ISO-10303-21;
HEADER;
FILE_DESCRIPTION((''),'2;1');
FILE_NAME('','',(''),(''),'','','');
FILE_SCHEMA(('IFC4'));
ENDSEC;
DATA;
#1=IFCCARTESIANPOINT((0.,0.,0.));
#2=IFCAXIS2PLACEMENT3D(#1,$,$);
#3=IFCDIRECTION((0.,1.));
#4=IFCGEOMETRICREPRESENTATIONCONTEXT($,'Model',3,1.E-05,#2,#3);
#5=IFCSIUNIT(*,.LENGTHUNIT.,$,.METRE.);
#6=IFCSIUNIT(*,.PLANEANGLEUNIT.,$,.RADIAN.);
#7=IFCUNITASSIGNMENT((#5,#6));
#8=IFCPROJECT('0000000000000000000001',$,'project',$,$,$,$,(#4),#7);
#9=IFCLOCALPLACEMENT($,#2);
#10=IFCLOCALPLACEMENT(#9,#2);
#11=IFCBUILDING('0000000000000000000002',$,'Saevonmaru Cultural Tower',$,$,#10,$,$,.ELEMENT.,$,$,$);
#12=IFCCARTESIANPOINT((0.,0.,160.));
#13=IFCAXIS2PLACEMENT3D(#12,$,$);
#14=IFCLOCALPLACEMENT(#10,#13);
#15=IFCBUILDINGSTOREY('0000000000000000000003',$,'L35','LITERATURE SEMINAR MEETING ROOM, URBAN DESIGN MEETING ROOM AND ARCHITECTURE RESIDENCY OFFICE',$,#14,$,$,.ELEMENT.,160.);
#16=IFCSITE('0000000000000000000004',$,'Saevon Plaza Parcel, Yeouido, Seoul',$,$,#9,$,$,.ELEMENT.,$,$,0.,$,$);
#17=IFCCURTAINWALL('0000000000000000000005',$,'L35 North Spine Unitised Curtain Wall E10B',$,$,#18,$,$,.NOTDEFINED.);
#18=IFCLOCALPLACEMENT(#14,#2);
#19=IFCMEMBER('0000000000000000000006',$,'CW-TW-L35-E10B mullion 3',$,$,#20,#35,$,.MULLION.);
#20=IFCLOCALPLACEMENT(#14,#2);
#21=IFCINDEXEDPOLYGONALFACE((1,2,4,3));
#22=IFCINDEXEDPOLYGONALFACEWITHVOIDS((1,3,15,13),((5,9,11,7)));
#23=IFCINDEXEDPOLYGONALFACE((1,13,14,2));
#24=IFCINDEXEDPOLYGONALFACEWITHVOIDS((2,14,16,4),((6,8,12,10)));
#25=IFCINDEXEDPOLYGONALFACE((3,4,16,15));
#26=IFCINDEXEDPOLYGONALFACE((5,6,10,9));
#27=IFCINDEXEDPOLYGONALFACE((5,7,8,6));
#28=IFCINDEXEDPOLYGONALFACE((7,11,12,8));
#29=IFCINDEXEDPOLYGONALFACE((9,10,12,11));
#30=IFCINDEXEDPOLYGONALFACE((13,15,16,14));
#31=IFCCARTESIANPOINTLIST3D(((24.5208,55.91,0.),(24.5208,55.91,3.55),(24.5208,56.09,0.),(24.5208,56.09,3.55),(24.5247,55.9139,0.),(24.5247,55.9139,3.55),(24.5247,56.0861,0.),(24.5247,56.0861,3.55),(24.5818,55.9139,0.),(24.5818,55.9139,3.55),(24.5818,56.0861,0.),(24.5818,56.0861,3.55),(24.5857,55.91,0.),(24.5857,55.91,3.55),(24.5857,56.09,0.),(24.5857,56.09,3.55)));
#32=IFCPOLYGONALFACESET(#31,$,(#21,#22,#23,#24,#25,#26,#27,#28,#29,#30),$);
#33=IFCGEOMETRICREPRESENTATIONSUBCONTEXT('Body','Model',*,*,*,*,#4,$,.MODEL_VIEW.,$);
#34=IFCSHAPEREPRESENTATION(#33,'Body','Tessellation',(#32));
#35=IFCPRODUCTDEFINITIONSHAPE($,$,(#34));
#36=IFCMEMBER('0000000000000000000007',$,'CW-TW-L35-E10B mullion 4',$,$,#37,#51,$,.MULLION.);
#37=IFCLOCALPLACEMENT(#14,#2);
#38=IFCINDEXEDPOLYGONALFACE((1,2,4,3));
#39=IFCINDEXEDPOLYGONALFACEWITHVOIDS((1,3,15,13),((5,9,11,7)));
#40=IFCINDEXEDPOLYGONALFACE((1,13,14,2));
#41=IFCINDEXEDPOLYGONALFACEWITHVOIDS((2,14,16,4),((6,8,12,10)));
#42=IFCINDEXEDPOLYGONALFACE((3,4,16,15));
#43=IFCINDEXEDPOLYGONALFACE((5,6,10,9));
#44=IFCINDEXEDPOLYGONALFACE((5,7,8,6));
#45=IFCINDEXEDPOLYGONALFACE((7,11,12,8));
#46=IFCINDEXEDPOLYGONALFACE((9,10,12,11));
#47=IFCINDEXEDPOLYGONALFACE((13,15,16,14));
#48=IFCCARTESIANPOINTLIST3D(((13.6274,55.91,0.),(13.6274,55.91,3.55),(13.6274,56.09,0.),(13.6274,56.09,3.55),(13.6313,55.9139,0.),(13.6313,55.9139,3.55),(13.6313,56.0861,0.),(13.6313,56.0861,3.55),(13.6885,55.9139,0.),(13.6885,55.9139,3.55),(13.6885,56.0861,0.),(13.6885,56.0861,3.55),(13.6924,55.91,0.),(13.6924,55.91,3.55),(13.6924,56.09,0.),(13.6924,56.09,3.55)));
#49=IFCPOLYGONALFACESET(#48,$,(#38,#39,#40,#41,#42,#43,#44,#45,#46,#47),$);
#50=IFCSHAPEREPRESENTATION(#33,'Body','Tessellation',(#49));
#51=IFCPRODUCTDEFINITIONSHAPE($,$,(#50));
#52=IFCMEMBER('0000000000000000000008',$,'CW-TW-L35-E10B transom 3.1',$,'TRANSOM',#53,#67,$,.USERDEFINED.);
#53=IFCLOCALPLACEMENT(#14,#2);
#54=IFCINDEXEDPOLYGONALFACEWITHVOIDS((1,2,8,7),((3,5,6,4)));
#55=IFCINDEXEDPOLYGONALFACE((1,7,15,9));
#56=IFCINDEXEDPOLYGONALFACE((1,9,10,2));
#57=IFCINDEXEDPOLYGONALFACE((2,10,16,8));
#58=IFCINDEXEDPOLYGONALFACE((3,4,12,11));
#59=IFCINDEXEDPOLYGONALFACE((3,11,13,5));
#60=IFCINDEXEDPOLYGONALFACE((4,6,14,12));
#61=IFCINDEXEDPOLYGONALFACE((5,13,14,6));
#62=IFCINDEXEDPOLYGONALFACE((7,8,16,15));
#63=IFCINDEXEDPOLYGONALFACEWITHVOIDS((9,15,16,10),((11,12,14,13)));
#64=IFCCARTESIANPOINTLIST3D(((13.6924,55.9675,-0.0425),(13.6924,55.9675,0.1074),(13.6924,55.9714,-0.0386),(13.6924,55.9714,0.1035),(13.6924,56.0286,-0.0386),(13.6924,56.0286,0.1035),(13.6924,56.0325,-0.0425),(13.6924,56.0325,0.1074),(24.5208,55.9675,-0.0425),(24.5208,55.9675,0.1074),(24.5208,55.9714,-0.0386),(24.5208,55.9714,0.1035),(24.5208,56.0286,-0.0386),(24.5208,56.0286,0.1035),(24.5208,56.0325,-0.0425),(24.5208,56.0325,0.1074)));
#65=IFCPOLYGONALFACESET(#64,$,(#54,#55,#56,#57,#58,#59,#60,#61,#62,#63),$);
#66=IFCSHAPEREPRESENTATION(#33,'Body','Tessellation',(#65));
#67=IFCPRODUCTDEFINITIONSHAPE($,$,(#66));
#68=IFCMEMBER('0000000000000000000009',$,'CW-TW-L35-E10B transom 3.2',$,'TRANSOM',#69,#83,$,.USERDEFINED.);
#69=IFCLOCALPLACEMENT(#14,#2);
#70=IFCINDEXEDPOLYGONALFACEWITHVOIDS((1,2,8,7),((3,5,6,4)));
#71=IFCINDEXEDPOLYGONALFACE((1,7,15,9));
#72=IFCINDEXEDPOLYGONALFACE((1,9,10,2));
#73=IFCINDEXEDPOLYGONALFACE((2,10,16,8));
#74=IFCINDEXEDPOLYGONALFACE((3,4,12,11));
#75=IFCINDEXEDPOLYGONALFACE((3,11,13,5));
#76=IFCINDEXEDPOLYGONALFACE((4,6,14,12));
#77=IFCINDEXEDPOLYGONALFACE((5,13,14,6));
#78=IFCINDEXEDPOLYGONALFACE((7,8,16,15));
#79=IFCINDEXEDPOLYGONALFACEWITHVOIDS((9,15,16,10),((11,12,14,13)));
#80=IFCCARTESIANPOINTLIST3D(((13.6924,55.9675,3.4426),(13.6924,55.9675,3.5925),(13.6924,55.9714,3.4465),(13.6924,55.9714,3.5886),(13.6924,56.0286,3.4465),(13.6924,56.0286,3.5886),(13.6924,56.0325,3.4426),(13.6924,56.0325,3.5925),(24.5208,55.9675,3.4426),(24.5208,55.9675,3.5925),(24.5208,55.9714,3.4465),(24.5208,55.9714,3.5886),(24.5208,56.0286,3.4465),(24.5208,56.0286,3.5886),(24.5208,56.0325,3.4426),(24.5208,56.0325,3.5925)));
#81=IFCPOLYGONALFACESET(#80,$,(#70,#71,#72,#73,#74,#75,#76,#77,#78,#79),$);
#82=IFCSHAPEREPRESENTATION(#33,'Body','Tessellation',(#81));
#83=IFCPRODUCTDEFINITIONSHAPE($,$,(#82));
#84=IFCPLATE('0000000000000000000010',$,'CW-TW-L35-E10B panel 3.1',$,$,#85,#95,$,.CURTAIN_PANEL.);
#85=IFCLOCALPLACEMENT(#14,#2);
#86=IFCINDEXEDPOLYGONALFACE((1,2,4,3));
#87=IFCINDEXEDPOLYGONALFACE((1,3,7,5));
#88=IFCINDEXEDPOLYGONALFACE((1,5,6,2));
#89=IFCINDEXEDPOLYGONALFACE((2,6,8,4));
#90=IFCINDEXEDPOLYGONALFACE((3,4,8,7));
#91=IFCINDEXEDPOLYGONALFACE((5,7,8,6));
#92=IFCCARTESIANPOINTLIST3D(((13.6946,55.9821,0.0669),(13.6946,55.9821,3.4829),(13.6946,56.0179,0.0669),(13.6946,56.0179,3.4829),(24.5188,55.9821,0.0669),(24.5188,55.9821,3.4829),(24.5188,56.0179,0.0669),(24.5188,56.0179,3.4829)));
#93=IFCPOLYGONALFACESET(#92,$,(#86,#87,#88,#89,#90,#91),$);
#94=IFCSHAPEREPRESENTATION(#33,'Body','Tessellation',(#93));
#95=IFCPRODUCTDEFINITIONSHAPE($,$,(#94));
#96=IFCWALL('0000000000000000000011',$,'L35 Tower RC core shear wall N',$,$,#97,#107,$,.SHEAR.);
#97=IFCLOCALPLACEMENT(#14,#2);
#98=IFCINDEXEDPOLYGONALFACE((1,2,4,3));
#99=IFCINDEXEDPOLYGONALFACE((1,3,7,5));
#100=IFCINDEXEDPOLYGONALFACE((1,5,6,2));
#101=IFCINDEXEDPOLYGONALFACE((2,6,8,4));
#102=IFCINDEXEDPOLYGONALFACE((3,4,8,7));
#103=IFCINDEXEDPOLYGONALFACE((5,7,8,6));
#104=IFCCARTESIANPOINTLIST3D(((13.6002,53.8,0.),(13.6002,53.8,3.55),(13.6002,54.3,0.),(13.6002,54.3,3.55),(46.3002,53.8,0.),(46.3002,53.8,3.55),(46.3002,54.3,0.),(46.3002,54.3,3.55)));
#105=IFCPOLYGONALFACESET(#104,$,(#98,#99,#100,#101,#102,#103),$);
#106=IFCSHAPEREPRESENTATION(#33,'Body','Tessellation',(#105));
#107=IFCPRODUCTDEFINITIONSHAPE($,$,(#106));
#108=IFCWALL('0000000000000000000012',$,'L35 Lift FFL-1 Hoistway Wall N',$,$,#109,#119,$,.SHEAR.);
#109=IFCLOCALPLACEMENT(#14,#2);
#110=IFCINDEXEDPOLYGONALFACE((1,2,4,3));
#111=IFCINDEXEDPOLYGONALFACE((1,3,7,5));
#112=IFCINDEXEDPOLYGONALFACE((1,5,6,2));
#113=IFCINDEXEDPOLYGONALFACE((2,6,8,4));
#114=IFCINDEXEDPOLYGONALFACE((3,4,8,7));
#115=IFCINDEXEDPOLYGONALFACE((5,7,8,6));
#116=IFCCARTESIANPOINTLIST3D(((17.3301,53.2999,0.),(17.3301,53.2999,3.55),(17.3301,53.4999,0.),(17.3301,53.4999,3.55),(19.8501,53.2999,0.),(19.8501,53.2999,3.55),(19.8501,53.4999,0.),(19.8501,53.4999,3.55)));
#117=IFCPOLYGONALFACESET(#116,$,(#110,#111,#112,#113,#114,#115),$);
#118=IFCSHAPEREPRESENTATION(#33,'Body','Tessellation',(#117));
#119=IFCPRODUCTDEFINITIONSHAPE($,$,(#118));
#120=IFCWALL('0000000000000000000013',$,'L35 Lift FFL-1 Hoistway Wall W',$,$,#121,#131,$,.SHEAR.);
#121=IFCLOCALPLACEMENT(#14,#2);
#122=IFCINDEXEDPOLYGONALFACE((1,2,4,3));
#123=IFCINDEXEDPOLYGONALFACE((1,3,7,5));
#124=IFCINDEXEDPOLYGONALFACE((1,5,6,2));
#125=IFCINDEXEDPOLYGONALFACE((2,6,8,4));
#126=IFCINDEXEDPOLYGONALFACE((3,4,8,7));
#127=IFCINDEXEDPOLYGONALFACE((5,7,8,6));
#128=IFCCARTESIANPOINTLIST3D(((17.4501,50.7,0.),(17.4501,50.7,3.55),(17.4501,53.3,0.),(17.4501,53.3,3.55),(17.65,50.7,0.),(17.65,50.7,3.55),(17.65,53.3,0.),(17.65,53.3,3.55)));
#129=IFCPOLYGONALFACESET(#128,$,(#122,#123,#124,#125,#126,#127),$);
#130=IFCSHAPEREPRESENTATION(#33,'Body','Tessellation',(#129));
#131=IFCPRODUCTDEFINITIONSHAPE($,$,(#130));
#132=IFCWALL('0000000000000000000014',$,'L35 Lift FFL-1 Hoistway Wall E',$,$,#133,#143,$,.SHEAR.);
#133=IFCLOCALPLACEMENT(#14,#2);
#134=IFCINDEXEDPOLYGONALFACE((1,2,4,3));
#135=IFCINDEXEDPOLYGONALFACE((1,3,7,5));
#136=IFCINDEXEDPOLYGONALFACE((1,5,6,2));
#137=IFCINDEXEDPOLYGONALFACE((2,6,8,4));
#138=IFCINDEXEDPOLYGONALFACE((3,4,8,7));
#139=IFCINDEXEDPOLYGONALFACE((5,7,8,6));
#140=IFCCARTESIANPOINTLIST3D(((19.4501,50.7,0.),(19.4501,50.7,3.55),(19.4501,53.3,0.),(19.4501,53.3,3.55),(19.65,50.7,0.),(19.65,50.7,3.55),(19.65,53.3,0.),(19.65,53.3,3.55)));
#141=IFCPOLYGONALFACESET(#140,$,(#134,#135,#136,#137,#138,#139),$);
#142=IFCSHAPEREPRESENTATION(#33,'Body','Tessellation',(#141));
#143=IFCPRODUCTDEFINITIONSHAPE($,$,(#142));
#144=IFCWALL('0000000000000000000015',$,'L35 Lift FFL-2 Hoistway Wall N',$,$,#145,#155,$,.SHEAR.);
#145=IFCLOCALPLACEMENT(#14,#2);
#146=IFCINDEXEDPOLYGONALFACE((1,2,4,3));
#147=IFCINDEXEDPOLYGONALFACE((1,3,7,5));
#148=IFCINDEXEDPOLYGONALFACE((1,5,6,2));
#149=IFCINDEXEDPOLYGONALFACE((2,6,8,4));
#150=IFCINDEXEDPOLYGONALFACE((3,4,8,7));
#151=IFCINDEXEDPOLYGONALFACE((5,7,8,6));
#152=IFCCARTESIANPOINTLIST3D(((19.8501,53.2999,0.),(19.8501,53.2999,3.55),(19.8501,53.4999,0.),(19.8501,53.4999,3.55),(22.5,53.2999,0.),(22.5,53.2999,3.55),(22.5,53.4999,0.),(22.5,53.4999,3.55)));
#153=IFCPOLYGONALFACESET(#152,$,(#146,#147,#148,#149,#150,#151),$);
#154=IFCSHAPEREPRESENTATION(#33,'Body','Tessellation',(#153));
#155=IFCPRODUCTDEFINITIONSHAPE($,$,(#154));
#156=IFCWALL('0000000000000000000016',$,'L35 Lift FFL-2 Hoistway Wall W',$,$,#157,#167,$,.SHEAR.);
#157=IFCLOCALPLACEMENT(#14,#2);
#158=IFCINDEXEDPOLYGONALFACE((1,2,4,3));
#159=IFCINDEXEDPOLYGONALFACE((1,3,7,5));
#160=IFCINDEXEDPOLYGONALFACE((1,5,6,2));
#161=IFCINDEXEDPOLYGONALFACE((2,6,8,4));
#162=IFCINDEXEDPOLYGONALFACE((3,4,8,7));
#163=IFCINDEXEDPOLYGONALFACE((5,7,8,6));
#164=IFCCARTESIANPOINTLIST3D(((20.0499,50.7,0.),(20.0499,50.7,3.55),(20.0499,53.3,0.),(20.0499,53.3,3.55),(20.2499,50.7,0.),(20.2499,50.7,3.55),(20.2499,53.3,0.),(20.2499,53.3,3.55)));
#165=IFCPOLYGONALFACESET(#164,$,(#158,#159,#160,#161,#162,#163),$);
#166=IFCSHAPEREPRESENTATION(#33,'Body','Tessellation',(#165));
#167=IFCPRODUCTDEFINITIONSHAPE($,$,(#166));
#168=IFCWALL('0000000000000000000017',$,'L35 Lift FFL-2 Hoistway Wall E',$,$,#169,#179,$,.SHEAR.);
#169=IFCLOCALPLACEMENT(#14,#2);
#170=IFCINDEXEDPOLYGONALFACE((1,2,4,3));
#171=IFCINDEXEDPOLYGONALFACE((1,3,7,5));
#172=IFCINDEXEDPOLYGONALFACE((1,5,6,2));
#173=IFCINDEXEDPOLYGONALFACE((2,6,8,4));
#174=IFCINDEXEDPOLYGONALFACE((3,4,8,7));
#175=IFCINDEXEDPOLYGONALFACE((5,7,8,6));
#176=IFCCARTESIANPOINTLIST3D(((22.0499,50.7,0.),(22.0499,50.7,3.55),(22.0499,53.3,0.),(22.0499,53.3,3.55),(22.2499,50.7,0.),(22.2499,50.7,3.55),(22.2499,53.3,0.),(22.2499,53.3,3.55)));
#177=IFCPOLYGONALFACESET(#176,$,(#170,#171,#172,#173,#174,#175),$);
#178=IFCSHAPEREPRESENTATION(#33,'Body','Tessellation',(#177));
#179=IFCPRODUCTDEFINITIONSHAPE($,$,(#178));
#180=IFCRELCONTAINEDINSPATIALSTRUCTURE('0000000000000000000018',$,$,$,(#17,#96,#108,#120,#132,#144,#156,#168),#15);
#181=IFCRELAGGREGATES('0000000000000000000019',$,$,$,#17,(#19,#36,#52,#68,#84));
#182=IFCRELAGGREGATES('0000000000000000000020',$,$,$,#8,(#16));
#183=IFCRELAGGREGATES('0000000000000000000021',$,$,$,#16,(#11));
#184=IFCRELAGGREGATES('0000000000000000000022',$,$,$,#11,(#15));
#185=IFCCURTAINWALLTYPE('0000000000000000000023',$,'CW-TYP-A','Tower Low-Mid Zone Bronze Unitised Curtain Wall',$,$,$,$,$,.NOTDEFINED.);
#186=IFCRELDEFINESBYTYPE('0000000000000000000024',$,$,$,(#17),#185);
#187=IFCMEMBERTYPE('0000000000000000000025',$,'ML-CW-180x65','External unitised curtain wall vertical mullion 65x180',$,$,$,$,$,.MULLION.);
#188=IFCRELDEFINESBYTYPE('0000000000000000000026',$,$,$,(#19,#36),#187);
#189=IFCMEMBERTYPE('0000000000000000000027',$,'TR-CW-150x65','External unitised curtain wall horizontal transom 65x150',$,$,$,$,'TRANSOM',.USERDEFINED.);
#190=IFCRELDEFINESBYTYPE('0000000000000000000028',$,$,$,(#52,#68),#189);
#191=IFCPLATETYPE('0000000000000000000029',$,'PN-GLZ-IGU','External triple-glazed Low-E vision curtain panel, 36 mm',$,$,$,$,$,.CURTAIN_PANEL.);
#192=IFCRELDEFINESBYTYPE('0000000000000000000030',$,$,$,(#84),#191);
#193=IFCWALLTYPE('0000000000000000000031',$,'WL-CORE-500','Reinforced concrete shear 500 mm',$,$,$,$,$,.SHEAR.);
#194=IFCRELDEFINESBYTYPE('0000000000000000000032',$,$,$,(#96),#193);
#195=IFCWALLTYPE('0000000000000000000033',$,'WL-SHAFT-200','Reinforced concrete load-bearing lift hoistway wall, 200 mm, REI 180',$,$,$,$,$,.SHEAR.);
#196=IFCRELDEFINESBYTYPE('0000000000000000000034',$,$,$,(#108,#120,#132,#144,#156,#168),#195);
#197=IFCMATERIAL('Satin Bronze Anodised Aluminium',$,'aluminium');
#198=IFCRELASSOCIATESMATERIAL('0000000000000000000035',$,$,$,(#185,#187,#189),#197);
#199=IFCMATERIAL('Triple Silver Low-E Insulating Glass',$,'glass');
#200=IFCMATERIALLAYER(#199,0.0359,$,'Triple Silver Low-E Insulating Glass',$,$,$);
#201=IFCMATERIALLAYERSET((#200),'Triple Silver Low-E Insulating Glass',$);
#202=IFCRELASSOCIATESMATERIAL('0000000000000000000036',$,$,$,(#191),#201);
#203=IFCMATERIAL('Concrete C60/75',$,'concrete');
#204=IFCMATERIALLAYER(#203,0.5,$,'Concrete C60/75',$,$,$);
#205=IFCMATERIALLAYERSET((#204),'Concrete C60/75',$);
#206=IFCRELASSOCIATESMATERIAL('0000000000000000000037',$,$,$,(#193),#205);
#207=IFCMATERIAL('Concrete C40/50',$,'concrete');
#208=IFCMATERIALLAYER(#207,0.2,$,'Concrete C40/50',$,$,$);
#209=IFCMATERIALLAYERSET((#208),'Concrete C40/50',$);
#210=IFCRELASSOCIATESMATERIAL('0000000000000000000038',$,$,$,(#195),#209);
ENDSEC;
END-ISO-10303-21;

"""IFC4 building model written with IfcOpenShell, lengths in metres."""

from ifc_helpers import new_model, si_unit, direction, frame, frame_2d, origin, origin_2d, place, context, subcontext, project, spatial, rectangle, hollow_rectangle, extrude, material, layer, layer_set, material_profile, profile_set, type_object, element, aggregate, save


model = new_model("IFC4")

# Units and contexts
model_context = context("Model", 3, precision=1e-05, world=origin(), true_north=direction((0.0, 1.0)))
body_context = subcontext(model_context, "Body", "Model", "MODEL_VIEW")
ifc_project = project(units=[si_unit("LENGTHUNIT", "METRE"), si_unit("PLANEANGLEUNIT", "RADIAN")], contexts=[model_context])

# Site, building, storey
site_placement = place(None, origin())
site = spatial("IfcSite", under=ifc_project, at=site_placement, Name="Saevon Plaza Parcel, Yeouido, Seoul", CompositionType="ELEMENT", RefElevation=0.0)
building_placement = place(site_placement, origin())
building = spatial("IfcBuilding", under=site, at=building_placement, Name="Saevonmaru Cultural Tower", CompositionType="ELEMENT")
storey_placement = place(building_placement, frame((0.0, 0.0, 160.0)))
storey = spatial("IfcBuildingStorey", under=building, at=storey_placement, Name="L35", Description="LITERATURE SEMINAR MEETING ROOM, URBAN DESIGN MEETING ROOM AND ARCHITECTURE RESIDENCY OFFICE", CompositionType="ELEMENT", Elevation=160.0)

# Curtain wall, members, plate
ifc_material_1 = material(Name="Satin Bronze Anodised Aluminium", Category="aluminium")
curtain_wall_type = type_object("IfcCurtainWallType", Name="CW-TYP-A", Description="Tower Low-Mid Zone Bronze Unitised Curtain Wall", PredefinedType="NOTDEFINED", material=ifc_material_1)
curtain_wall_placement = place(storey_placement, origin())
curtain_wall = element("IfcCurtainWall", 1, at=curtain_wall_placement, inside=storey, type_object=curtain_wall_type, Name="L35 North Spine Unitised Curtain Wall E10B", PredefinedType="NOTDEFINED")
ifc_material_profile_1 = material_profile(ifc_material_1, hollow_rectangle(XDim=0.0649, YDim=0.1799, WallThickness=0.0039, at=origin_2d()), Name="ALU-MULL-180x65x4")
ifc_profile_set_1 = profile_set([ifc_material_profile_1], Name="Satin Bronze Anodised Aluminium")
member_type_1 = type_object("IfcMemberType", Name="ML-CW-180x65", Description="External unitised curtain wall vertical mullion 65x180", PredefinedType="MULLION", material=ifc_profile_set_1)
member_1_placement = place(storey_placement, frame((24.5532, 56.0, 0.0), z_axis=(0.0, 0.0, 1.0), x_axis=(-1.0, 0.0, 0.0)))
member_1 = element("IfcMember", 2, at=member_1_placement, type_object=member_type_1, Name="CW-TW-L35-E10B mullion 3", PredefinedType="MULLION", context=body_context, shape_type="SweptSolid", body=[
    extrude(hollow_rectangle(XDim=0.0649, YDim=0.1799, WallThickness=0.0039, at=origin_2d()), origin(), (0.0, 0.0, 1.0), 3.55),
])
member_2_placement = place(storey_placement, frame((13.6599, 56.0, 0.0), z_axis=(0.0, 0.0, 1.0), x_axis=(-1.0, 0.0, 0.0)))
member_2 = element("IfcMember", 3, at=member_2_placement, type_object=member_type_1, Name="CW-TW-L35-E10B mullion 4", PredefinedType="MULLION", context=body_context, shape_type="SweptSolid", body=[
    extrude(hollow_rectangle(XDim=0.0649, YDim=0.1799, WallThickness=0.0039, at=origin_2d()), origin(), (0.0, 0.0, 1.0), 3.55),
])
ifc_material_profile_2 = material_profile(ifc_material_1, hollow_rectangle(XDim=0.0649, YDim=0.1499, WallThickness=0.0039, at=origin_2d()), Name="ALU-TRAN-150x65x4")
ifc_profile_set_2 = profile_set([ifc_material_profile_2], Name="Satin Bronze Anodised Aluminium")
member_type_2 = type_object("IfcMemberType", Name="TR-CW-150x65", Description="External unitised curtain wall horizontal transom 65x150", ElementType="TRANSOM", PredefinedType="USERDEFINED", material=ifc_profile_set_2)
member_3_placement = place(storey_placement, frame((24.5208, 56.0, 0.0325), z_axis=(-1.0, 0.0, 0.0), x_axis=(0.0, -1.0, 0.0)))
member_3 = element("IfcMember", 4, at=member_3_placement, type_object=member_type_2, Name="CW-TW-L35-E10B transom 3.1", ObjectType="TRANSOM", PredefinedType="USERDEFINED", context=body_context, shape_type="SweptSolid", body=[
    extrude(hollow_rectangle(XDim=0.0649, YDim=0.1499, WallThickness=0.0039, at=origin_2d()), origin(), (0.0, 0.0, 1.0), 10.8284),
])
member_4_placement = place(storey_placement, frame((24.5208, 56.0, 3.5176), z_axis=(-1.0, 0.0, 0.0), x_axis=(0.0, -1.0, 0.0)))
member_4 = element("IfcMember", 5, at=member_4_placement, type_object=member_type_2, Name="CW-TW-L35-E10B transom 3.2", ObjectType="TRANSOM", PredefinedType="USERDEFINED", context=body_context, shape_type="SweptSolid", body=[
    extrude(hollow_rectangle(XDim=0.0649, YDim=0.1499, WallThickness=0.0039, at=origin_2d()), origin(), (0.0, 0.0, 1.0), 10.8284),
])
ifc_material_2 = material(Name="Triple Silver Low-E Insulating Glass", Category="glass")
ifc_layer_1 = layer(ifc_material_2, 0.0359, Name="Triple Silver Low-E Insulating Glass")
ifc_layer_set_1 = layer_set([ifc_layer_1], Name="Triple Silver Low-E Insulating Glass")
plate_type = type_object("IfcPlateType", Name="PN-GLZ-IGU", Description="External triple-glazed Low-E vision curtain panel, 36 mm", PredefinedType="CURTAIN_PANEL", material=ifc_layer_set_1)
plate_placement = place(storey_placement, frame((19.1067, 56.0, 0.0669), z_axis=(0.0, 0.0, 1.0), x_axis=(-1.0, 0.0, 0.0)))
plate = element("IfcPlate", 6, at=plate_placement, type_object=plate_type, Name="CW-TW-L35-E10B panel 3.1", PredefinedType="CURTAIN_PANEL", context=body_context, shape_type="SweptSolid", body=[
    extrude(rectangle(XDim=10.8242, YDim=0.0359, at=origin_2d()), origin(), (0.0, 0.0, 1.0), 3.416),
])
aggregate(curtain_wall, [member_1, member_2, member_3, member_4, plate])

# Walls
ifc_material_3 = material(Name="Concrete C60/75", Category="concrete")
ifc_layer_2 = layer(ifc_material_3, 0.5, Name="Concrete C60/75")
ifc_layer_set_2 = layer_set([ifc_layer_2], Name="Concrete C60/75")
wall_type_1 = type_object("IfcWallType", Name="WL-CORE-500", Description="Reinforced concrete shear 500 mm", PredefinedType="SHEAR", material=ifc_layer_set_2)
wall_1_placement = place(storey_placement, frame((13.6001, 54.05, 0.0), z_axis=(0.0, 0.0, 1.0), x_axis=(1.0, 0.0, 0.0)))
element("IfcWall", 7, at=wall_1_placement, inside=storey, type_object=wall_type_1, Name="L35 Tower RC core shear wall N", PredefinedType="SHEAR", context=body_context, shape_type="SweptSolid", body=[
    extrude(rectangle(XDim=32.7, YDim=0.5, at=frame_2d((16.3501, 0.0))), origin(), (0.0, 0.0, 1.0), 3.55),
])
ifc_material_4 = material(Name="Concrete C40/50", Category="concrete")
ifc_layer_3 = layer(ifc_material_4, 0.2, Name="Concrete C40/50")
ifc_layer_set_3 = layer_set([ifc_layer_3], Name="Concrete C40/50")
wall_type_2 = type_object("IfcWallType", Name="WL-SHAFT-200", Description="Reinforced concrete load-bearing lift hoistway wall, 200 mm, REI 180", PredefinedType="SHEAR", material=ifc_layer_set_3)
wall_2_placement = place(storey_placement, frame((17.3301, 53.3999, 0.0), z_axis=(0.0, 0.0, 1.0), x_axis=(1.0, 0.0, 0.0)))
element("IfcWall", 8, at=wall_2_placement, inside=storey, type_object=wall_type_2, Name="L35 Lift FFL-1 Hoistway Wall N", PredefinedType="SHEAR", context=body_context, shape_type="SweptSolid", body=[
    extrude(rectangle(XDim=2.52, YDim=0.2, at=frame_2d((1.26, 0.0))), origin(), (0.0, 0.0, 1.0), 3.55),
])
for number, where, z_axis, x_axis, name in (
    (9, (17.55, 50.7, 0.0), (0.0, 0.0, 1.0), (0.0, 1.0, 0.0), "L35 Lift FFL-1 Hoistway Wall W"),
    (10, (19.55, 50.7, 0.0), (0.0, 0.0, 1.0), (0.0, 1.0, 0.0), "L35 Lift FFL-1 Hoistway Wall E"),
):
    element("IfcWall", number, at=place(storey_placement, frame(where, z_axis=z_axis, x_axis=x_axis)), inside=storey, type_object=wall_type_2, Name=name, PredefinedType="SHEAR", context=body_context, shape_type="SweptSolid", body=[
        extrude(rectangle(XDim=2.6001, YDim=0.2, at=frame_2d((1.3, 0.0))), origin(), (0.0, 0.0, 1.0), 3.55),
    ])
wall_3_placement = place(storey_placement, frame((19.8501, 53.3999, 0.0), z_axis=(0.0, 0.0, 1.0), x_axis=(1.0, 0.0, 0.0)))
element("IfcWall", 11, at=wall_3_placement, inside=storey, type_object=wall_type_2, Name="L35 Lift FFL-2 Hoistway Wall N", PredefinedType="SHEAR", context=body_context, shape_type="SweptSolid", body=[
    extrude(rectangle(XDim=2.6499, YDim=0.2, at=frame_2d((1.325, 0.0))), origin(), (0.0, 0.0, 1.0), 3.55),
])
for number, where, z_axis, x_axis, name in (
    (12, (20.1499, 50.7, 0.0), (0.0, 0.0, 1.0), (0.0, 1.0, 0.0), "L35 Lift FFL-2 Hoistway Wall W"),
    (13, (22.1499, 50.7, 0.0), (0.0, 0.0, 1.0), (0.0, 1.0, 0.0), "L35 Lift FFL-2 Hoistway Wall E"),
):
    element("IfcWall", number, at=place(storey_placement, frame(where, z_axis=z_axis, x_axis=x_axis)), inside=storey, type_object=wall_type_2, Name=name, PredefinedType="SHEAR", context=body_context, shape_type="SweptSolid", body=[
        extrude(rectangle(XDim=2.6001, YDim=0.2, at=frame_2d((1.3, 0.0))), origin(), (0.0, 0.0, 1.0), 3.55),
    ])

save(model, "model.ifc")
